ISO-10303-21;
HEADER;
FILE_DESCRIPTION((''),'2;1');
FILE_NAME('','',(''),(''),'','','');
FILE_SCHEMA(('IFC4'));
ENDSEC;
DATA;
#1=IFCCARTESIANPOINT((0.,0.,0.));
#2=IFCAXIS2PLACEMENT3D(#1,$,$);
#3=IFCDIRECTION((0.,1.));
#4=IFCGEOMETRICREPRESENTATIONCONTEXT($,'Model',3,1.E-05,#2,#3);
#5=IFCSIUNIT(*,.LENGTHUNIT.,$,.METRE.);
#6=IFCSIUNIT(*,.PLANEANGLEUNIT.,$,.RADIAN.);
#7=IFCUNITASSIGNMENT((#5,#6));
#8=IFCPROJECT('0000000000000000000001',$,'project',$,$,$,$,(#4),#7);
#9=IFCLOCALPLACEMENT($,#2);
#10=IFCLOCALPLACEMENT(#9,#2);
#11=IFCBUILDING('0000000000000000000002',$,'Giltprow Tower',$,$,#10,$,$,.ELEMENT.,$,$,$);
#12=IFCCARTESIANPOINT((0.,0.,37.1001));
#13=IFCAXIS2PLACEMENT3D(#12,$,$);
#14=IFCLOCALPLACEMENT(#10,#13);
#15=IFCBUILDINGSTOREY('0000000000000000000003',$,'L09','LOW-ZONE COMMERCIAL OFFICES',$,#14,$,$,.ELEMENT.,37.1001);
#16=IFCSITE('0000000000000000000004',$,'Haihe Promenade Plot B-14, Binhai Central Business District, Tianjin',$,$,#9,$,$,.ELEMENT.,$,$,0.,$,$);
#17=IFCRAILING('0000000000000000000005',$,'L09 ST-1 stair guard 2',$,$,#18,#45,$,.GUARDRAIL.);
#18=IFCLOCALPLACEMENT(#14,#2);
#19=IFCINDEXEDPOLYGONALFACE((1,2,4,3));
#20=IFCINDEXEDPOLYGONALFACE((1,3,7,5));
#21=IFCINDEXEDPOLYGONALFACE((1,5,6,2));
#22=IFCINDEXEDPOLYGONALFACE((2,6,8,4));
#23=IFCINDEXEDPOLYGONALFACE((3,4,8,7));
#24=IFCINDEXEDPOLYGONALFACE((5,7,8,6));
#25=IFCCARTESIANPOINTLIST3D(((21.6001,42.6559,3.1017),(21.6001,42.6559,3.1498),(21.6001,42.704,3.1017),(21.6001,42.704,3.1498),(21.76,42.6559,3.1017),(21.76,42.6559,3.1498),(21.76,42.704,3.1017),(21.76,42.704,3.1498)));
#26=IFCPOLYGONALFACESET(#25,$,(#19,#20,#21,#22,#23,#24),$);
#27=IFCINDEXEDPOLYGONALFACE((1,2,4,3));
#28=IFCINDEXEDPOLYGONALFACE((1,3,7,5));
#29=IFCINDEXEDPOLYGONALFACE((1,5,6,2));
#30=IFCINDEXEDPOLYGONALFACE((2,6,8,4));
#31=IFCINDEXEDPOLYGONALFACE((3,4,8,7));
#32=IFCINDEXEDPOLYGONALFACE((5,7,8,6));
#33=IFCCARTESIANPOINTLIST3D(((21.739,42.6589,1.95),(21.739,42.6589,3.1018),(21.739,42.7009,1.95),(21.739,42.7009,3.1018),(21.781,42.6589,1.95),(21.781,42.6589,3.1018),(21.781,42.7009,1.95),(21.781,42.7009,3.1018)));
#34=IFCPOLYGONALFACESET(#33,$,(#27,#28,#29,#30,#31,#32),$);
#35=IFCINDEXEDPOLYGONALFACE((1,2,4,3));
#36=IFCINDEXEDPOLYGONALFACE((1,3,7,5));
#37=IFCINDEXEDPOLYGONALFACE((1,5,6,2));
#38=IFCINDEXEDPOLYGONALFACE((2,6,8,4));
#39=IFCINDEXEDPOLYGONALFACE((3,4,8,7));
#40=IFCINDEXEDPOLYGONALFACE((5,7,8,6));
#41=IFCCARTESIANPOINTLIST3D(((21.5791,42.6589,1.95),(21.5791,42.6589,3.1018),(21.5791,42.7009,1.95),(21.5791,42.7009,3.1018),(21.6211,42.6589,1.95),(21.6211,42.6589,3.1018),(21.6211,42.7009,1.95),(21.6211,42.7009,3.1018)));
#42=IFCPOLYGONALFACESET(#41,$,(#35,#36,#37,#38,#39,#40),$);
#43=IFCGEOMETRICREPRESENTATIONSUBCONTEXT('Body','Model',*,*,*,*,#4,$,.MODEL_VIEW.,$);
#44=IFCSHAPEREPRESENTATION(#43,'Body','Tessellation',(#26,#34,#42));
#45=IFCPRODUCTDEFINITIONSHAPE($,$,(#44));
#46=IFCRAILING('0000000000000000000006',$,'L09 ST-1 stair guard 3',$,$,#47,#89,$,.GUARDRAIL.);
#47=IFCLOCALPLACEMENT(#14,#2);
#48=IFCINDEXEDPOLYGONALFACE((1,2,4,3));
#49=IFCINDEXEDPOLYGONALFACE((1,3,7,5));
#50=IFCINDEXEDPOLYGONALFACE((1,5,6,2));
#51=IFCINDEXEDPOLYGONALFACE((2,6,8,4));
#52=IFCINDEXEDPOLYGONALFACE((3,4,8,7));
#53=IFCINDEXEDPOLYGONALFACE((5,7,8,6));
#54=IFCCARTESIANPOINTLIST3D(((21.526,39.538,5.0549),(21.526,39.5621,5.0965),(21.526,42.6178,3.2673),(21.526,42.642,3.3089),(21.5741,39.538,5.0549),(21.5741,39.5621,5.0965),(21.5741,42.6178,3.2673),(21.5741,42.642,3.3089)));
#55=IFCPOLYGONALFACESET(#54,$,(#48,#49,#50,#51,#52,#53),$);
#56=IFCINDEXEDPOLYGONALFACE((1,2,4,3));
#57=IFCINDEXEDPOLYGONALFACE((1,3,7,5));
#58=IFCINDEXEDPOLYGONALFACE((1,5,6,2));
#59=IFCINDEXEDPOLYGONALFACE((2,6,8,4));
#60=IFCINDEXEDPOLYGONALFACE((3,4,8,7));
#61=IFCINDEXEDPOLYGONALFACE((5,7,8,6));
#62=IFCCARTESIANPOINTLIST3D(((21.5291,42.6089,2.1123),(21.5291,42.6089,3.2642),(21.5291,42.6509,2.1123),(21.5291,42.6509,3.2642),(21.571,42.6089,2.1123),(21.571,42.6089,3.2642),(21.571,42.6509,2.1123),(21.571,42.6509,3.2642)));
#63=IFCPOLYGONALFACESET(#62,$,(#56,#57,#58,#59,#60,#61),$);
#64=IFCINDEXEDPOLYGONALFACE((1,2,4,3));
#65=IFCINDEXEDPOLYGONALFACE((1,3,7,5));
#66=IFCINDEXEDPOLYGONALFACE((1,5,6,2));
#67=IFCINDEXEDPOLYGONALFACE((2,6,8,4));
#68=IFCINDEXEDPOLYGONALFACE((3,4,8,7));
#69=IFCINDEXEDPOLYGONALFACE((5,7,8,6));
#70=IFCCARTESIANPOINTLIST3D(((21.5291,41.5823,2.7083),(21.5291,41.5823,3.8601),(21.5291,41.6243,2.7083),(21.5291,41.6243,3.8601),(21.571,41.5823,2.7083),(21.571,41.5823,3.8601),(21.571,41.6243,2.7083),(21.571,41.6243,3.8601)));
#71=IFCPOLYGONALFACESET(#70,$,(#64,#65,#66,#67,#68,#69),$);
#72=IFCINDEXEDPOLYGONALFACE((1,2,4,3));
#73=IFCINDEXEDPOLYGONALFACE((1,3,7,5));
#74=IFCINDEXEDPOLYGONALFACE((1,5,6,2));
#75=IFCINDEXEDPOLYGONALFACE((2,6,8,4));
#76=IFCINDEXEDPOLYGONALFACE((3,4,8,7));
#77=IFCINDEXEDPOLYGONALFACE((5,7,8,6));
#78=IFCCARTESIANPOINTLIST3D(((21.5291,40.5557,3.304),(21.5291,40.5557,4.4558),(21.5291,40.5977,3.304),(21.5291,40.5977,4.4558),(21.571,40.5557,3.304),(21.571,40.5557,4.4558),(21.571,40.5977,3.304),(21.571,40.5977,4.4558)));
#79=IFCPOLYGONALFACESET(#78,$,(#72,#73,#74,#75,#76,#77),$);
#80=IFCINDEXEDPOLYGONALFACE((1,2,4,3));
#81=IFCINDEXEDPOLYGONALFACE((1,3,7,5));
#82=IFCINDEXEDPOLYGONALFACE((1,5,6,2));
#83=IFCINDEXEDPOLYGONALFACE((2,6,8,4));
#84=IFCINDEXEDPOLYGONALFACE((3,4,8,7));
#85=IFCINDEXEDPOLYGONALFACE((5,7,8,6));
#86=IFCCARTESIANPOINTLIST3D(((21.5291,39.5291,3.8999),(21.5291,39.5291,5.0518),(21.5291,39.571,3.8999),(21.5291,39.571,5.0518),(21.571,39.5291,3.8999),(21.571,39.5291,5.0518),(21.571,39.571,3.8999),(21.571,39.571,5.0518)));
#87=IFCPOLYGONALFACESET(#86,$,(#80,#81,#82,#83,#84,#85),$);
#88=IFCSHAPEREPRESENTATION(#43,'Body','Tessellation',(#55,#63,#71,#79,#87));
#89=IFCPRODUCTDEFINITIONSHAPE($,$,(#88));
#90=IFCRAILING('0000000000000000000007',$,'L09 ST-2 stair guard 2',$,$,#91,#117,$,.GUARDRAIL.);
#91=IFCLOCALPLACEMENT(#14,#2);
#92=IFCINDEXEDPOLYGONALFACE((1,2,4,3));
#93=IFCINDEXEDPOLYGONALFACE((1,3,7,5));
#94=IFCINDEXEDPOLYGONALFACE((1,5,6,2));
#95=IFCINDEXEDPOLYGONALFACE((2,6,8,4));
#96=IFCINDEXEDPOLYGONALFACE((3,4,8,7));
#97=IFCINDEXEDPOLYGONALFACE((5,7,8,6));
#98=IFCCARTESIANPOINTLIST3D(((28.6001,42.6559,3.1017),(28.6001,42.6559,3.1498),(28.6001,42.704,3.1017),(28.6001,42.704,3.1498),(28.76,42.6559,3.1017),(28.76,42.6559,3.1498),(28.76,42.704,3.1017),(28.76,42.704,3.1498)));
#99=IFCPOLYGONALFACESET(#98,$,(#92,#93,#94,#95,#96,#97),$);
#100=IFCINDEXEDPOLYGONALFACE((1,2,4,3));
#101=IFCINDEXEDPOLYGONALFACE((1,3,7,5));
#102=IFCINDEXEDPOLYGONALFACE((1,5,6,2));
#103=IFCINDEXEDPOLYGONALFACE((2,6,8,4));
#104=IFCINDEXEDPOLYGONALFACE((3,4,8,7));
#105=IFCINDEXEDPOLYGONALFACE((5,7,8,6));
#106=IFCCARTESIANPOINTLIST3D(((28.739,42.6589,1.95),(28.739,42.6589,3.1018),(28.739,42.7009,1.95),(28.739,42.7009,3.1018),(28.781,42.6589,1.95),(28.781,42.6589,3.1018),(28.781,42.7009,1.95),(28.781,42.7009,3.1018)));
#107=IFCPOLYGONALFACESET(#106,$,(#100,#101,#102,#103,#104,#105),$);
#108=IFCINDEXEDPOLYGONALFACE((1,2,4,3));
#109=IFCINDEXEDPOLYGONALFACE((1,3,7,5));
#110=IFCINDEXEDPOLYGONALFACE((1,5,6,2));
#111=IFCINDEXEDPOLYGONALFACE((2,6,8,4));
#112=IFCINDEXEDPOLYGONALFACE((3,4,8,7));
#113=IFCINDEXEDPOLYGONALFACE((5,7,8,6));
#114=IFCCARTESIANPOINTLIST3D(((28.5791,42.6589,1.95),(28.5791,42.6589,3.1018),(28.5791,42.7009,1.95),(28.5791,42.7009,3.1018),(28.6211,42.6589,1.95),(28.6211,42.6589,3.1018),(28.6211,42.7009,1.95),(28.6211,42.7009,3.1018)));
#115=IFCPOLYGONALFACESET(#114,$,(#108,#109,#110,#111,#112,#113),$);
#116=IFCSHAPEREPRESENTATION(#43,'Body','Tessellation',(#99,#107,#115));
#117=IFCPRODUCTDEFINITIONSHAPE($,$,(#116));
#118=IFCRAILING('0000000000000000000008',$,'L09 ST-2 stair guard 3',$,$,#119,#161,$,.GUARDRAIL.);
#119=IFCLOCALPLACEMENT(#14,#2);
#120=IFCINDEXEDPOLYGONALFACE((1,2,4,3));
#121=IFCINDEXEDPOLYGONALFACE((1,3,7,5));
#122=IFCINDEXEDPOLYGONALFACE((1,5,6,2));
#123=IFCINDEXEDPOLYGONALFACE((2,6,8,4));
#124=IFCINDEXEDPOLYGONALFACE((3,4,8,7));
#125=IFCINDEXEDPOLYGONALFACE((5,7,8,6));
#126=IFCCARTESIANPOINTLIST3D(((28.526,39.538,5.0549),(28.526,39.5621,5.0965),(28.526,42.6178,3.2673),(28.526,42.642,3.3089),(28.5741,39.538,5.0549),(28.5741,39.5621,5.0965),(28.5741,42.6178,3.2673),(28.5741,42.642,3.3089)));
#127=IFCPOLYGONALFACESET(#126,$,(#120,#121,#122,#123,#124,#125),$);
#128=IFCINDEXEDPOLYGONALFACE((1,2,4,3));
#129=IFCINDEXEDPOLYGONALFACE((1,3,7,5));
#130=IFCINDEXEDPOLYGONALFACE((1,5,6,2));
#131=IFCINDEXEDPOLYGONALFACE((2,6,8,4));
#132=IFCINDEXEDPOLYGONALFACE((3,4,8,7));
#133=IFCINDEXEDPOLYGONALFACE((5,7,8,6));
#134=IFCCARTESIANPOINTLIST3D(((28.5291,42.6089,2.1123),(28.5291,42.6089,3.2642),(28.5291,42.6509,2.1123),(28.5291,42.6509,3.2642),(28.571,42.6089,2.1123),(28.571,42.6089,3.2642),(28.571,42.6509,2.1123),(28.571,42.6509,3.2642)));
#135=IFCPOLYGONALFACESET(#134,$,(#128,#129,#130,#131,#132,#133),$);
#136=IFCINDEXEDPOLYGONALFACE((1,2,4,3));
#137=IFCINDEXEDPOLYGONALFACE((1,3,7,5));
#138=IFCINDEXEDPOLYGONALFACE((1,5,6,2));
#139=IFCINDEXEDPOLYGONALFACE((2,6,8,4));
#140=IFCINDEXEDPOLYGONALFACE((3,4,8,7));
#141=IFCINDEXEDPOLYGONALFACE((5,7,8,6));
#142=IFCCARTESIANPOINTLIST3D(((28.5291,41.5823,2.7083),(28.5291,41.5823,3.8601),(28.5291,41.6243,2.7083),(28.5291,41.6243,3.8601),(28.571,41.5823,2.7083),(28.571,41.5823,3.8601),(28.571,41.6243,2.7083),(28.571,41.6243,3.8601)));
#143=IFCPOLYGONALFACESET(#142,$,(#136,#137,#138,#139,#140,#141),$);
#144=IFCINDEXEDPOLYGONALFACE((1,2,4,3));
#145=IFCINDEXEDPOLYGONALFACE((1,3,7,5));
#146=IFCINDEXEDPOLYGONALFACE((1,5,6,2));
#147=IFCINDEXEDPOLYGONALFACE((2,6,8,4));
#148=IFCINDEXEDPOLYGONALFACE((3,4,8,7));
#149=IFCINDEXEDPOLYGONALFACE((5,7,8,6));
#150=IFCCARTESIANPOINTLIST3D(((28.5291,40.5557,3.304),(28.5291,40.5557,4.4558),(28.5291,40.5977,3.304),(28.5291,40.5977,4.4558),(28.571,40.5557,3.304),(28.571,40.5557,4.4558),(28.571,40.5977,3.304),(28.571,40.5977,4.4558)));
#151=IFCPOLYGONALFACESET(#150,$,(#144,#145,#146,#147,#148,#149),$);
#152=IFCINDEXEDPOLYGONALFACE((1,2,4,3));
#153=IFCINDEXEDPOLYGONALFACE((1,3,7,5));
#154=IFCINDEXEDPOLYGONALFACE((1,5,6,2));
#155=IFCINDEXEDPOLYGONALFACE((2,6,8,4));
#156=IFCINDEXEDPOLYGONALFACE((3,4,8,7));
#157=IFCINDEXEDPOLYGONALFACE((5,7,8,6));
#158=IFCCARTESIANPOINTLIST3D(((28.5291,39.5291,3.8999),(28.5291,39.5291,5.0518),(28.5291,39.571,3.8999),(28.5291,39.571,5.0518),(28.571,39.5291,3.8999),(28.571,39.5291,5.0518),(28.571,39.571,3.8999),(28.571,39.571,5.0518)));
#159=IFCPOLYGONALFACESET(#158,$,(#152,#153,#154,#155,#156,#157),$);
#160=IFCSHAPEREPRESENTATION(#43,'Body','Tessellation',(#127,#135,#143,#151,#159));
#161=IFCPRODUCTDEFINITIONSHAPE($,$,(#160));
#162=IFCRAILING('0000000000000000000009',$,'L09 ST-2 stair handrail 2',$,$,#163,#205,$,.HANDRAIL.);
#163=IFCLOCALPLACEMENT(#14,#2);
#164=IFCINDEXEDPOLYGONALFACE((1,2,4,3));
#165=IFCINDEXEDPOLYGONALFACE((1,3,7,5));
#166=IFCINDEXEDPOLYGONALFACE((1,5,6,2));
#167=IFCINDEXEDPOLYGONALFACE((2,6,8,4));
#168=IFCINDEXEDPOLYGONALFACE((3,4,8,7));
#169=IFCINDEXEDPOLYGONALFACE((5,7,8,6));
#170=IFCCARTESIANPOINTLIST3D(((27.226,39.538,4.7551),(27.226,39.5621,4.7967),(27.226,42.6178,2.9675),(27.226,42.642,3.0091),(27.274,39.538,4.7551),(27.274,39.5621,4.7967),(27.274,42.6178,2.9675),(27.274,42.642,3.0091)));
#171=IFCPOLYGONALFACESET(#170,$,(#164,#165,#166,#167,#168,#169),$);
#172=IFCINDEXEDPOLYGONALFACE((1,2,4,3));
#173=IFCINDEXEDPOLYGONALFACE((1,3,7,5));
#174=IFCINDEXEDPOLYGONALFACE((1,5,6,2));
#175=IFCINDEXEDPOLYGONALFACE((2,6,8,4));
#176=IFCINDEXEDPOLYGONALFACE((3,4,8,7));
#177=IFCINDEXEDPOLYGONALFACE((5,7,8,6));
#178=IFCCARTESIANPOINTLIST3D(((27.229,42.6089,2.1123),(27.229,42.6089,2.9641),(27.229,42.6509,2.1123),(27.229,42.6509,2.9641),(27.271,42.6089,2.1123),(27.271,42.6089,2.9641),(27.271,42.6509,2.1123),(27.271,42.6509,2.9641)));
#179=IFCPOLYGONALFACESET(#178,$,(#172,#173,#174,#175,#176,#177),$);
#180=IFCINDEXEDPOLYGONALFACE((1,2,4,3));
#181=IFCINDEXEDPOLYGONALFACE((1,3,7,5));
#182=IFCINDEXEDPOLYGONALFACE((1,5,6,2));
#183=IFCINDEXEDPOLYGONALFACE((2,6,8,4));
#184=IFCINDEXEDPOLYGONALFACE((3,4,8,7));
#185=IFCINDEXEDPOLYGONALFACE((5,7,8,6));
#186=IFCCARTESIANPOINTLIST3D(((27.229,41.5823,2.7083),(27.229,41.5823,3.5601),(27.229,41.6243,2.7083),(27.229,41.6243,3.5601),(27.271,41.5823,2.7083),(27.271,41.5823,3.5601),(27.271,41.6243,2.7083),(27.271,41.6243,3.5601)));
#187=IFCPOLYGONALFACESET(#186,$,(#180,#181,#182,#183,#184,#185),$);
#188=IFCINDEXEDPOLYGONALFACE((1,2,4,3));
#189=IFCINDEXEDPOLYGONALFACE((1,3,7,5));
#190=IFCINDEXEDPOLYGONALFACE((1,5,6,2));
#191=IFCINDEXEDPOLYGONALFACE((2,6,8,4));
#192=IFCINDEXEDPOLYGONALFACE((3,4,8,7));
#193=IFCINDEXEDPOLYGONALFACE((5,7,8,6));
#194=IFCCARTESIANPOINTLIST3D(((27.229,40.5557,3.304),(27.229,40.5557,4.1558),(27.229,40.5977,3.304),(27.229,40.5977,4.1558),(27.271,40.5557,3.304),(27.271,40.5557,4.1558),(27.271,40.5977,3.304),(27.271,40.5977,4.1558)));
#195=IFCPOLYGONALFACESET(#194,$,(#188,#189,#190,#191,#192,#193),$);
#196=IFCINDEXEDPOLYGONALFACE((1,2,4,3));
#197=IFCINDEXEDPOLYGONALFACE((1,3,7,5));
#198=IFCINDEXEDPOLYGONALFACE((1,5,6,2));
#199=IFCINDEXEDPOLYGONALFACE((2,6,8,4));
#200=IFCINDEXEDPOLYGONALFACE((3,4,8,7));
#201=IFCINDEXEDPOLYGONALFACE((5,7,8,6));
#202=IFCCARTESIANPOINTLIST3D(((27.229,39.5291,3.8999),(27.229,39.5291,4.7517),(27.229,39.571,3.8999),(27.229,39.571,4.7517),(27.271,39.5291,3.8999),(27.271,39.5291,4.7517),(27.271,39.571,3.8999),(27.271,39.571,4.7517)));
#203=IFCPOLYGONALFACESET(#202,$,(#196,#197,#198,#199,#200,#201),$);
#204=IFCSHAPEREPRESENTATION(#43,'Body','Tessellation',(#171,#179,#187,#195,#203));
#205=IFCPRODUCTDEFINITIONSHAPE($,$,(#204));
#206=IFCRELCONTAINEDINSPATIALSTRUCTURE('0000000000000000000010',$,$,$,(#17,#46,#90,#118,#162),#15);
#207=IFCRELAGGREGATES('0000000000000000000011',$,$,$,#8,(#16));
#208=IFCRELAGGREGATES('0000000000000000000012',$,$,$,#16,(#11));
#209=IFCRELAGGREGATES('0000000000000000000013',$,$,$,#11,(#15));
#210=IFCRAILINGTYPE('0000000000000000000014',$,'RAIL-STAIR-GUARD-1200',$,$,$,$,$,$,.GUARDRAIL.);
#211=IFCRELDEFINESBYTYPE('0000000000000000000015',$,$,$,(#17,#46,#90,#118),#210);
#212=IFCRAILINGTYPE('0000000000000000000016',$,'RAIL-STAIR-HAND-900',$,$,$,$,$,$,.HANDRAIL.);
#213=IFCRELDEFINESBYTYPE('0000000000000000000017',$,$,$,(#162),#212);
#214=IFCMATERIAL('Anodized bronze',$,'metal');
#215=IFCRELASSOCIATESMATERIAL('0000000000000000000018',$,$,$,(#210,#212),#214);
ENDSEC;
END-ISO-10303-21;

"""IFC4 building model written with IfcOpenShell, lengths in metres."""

from ifc_helpers import new_model, si_unit, direction, frame, origin, origin_2d, place, context, subcontext, project, spatial, rectangle, extrude, material, type_object, element, save


model = new_model("IFC4")

# Units and contexts
model_context = context("Model", 3, precision=1e-05, world=origin(), true_north=direction((0.0, 1.0)))
body_context = subcontext(model_context, "Body", "Model", "MODEL_VIEW")
ifc_project = project(units=[si_unit("LENGTHUNIT", "METRE"), si_unit("PLANEANGLEUNIT", "RADIAN")], contexts=[model_context])

# Site, building, storey
site_placement = place(None, origin())
site = spatial("IfcSite", under=ifc_project, at=site_placement, Name="Haihe Promenade Plot B-14, Binhai Central Business District, Tianjin", CompositionType="ELEMENT", RefElevation=0.0)
building_placement = place(site_placement, origin())
building = spatial("IfcBuilding", under=site, at=building_placement, Name="Giltprow Tower", CompositionType="ELEMENT")
storey_placement = place(building_placement, frame((0.0, 0.0, 37.1001)))
storey = spatial("IfcBuildingStorey", under=building, at=storey_placement, Name="L09", Description="LOW-ZONE COMMERCIAL OFFICES", CompositionType="ELEMENT", Elevation=37.1001)

# Railings
ifc_material_1 = material(Name="Anodized bronze", Category="metal")
railing_type_1 = type_object("IfcRailingType", Name="RAIL-STAIR-GUARD-1200", PredefinedType="GUARDRAIL", material=ifc_material_1)
railing_1_placement = place(storey_placement, frame((21.76, 42.6799, 1.95)))
element("IfcRailing", 1, at=railing_1_placement, inside=storey, type_object=railing_type_1, Name="L09 ST-1 stair guard 2", PredefinedType="GUARDRAIL", context=body_context, shape_type="SweptSolid", body=[
    extrude(rectangle(XDim=0.0481, YDim=0.0481, at=origin_2d()), frame((0.0, 0.0, 1.1758), z_axis=(-1.0, 0.0, 0.0), x_axis=(0.0, -1.0, 0.0)), (0.0, 0.0, 1.0), 0.1599),
    extrude(rectangle(XDim=0.042, YDim=0.042, at=origin_2d()), origin(), (0.0, 0.0, 1.0), 1.1519),
    extrude(rectangle(XDim=0.042, YDim=0.042, at=origin_2d()), frame((-0.1599, 0.0, 0.0)), (0.0, 0.0, 1.0), 1.1519),
])
railing_2_placement = place(storey_placement, frame((21.55, 42.6299, 2.1123)))
element("IfcRailing", 2, at=railing_2_placement, inside=storey, type_object=railing_type_1, Name="L09 ST-1 stair guard 3", PredefinedType="GUARDRAIL", context=body_context, shape_type="SweptSolid", body=[
    extrude(rectangle(XDim=0.0481, YDim=0.0481, at=origin_2d()), frame((0.0, 0.0, 1.1758), z_axis=(0.0, -0.864873, 0.50199), x_axis=(1.0, 0.0, 0.0)), (0.0, 0.0, 1.0), 3.561),
    extrude(rectangle(XDim=0.042, YDim=0.042, at=origin_2d()), origin(), (0.0, 0.0, 1.0), 1.1519),
    extrude(rectangle(XDim=0.042, YDim=0.042, at=origin_2d()), frame((0.0, -1.0266, 0.5959)), (0.0, 0.0, 1.0), 1.1519),
    extrude(rectangle(XDim=0.042, YDim=0.042, at=origin_2d()), frame((0.0, -2.0532, 1.1917)), (0.0, 0.0, 1.0), 1.1519),
    extrude(rectangle(XDim=0.042, YDim=0.042, at=origin_2d()), frame((0.0, -3.0798, 1.7876)), (0.0, 0.0, 1.0), 1.1519),
])
railing_3_placement = place(storey_placement, frame((28.76, 42.6799, 1.95)))
element("IfcRailing", 3, at=railing_3_placement, inside=storey, type_object=railing_type_1, Name="L09 ST-2 stair guard 2", PredefinedType="GUARDRAIL", context=body_context, shape_type="SweptSolid", body=[
    extrude(rectangle(XDim=0.0481, YDim=0.0481, at=origin_2d()), frame((0.0, 0.0, 1.1758), z_axis=(-1.0, 0.0, 0.0), x_axis=(0.0, -1.0, 0.0)), (0.0, 0.0, 1.0), 0.1599),
    extrude(rectangle(XDim=0.042, YDim=0.042, at=origin_2d()), origin(), (0.0, 0.0, 1.0), 1.1519),
    extrude(rectangle(XDim=0.042, YDim=0.042, at=origin_2d()), frame((-0.1599, 0.0, 0.0)), (0.0, 0.0, 1.0), 1.1519),
])
railing_4_placement = place(storey_placement, frame((28.55, 42.6299, 2.1123)))
element("IfcRailing", 4, at=railing_4_placement, inside=storey, type_object=railing_type_1, Name="L09 ST-2 stair guard 3", PredefinedType="GUARDRAIL", context=body_context, shape_type="SweptSolid", body=[
    extrude(rectangle(XDim=0.0481, YDim=0.0481, at=origin_2d()), frame((0.0, 0.0, 1.1758), z_axis=(0.0, -0.864873, 0.50199), x_axis=(1.0, 0.0, 0.0)), (0.0, 0.0, 1.0), 3.561),
    extrude(rectangle(XDim=0.042, YDim=0.042, at=origin_2d()), origin(), (0.0, 0.0, 1.0), 1.1519),
    extrude(rectangle(XDim=0.042, YDim=0.042, at=origin_2d()), frame((0.0, -1.0266, 0.5959)), (0.0, 0.0, 1.0), 1.1519),
    extrude(rectangle(XDim=0.042, YDim=0.042, at=origin_2d()), frame((0.0, -2.0532, 1.1917)), (0.0, 0.0, 1.0), 1.1519),
    extrude(rectangle(XDim=0.042, YDim=0.042, at=origin_2d()), frame((0.0, -3.0798, 1.7876)), (0.0, 0.0, 1.0), 1.1519),
])
railing_type_2 = type_object("IfcRailingType", Name="RAIL-STAIR-HAND-900", PredefinedType="HANDRAIL", material=ifc_material_1)
railing_5_placement = place(storey_placement, frame((27.25, 42.6299, 2.1123)))
element("IfcRailing", 5, at=railing_5_placement, inside=storey, type_object=railing_type_2, Name="L09 ST-2 stair handrail 2", PredefinedType="HANDRAIL", context=body_context, shape_type="SweptSolid", body=[
    extrude(rectangle(XDim=0.0481, YDim=0.0481, at=origin_2d()), frame((0.0, 0.0, 0.876), z_axis=(0.0, -0.864873, 0.50199), x_axis=(1.0, 0.0, 0.0)), (0.0, 0.0, 1.0), 3.561),
    extrude(rectangle(XDim=0.042, YDim=0.042, at=origin_2d()), origin(), (0.0, 0.0, 1.0), 0.8518),
    extrude(rectangle(XDim=0.042, YDim=0.042, at=origin_2d()), frame((0.0, -1.0266, 0.5959)), (0.0, 0.0, 1.0), 0.8518),
    extrude(rectangle(XDim=0.042, YDim=0.042, at=origin_2d()), frame((0.0, -2.0532, 1.1917)), (0.0, 0.0, 1.0), 0.8518),
    extrude(rectangle(XDim=0.042, YDim=0.042, at=origin_2d()), frame((0.0, -3.0798, 1.7876)), (0.0, 0.0, 1.0), 0.8518),
])

save(model, "model.ifc")
